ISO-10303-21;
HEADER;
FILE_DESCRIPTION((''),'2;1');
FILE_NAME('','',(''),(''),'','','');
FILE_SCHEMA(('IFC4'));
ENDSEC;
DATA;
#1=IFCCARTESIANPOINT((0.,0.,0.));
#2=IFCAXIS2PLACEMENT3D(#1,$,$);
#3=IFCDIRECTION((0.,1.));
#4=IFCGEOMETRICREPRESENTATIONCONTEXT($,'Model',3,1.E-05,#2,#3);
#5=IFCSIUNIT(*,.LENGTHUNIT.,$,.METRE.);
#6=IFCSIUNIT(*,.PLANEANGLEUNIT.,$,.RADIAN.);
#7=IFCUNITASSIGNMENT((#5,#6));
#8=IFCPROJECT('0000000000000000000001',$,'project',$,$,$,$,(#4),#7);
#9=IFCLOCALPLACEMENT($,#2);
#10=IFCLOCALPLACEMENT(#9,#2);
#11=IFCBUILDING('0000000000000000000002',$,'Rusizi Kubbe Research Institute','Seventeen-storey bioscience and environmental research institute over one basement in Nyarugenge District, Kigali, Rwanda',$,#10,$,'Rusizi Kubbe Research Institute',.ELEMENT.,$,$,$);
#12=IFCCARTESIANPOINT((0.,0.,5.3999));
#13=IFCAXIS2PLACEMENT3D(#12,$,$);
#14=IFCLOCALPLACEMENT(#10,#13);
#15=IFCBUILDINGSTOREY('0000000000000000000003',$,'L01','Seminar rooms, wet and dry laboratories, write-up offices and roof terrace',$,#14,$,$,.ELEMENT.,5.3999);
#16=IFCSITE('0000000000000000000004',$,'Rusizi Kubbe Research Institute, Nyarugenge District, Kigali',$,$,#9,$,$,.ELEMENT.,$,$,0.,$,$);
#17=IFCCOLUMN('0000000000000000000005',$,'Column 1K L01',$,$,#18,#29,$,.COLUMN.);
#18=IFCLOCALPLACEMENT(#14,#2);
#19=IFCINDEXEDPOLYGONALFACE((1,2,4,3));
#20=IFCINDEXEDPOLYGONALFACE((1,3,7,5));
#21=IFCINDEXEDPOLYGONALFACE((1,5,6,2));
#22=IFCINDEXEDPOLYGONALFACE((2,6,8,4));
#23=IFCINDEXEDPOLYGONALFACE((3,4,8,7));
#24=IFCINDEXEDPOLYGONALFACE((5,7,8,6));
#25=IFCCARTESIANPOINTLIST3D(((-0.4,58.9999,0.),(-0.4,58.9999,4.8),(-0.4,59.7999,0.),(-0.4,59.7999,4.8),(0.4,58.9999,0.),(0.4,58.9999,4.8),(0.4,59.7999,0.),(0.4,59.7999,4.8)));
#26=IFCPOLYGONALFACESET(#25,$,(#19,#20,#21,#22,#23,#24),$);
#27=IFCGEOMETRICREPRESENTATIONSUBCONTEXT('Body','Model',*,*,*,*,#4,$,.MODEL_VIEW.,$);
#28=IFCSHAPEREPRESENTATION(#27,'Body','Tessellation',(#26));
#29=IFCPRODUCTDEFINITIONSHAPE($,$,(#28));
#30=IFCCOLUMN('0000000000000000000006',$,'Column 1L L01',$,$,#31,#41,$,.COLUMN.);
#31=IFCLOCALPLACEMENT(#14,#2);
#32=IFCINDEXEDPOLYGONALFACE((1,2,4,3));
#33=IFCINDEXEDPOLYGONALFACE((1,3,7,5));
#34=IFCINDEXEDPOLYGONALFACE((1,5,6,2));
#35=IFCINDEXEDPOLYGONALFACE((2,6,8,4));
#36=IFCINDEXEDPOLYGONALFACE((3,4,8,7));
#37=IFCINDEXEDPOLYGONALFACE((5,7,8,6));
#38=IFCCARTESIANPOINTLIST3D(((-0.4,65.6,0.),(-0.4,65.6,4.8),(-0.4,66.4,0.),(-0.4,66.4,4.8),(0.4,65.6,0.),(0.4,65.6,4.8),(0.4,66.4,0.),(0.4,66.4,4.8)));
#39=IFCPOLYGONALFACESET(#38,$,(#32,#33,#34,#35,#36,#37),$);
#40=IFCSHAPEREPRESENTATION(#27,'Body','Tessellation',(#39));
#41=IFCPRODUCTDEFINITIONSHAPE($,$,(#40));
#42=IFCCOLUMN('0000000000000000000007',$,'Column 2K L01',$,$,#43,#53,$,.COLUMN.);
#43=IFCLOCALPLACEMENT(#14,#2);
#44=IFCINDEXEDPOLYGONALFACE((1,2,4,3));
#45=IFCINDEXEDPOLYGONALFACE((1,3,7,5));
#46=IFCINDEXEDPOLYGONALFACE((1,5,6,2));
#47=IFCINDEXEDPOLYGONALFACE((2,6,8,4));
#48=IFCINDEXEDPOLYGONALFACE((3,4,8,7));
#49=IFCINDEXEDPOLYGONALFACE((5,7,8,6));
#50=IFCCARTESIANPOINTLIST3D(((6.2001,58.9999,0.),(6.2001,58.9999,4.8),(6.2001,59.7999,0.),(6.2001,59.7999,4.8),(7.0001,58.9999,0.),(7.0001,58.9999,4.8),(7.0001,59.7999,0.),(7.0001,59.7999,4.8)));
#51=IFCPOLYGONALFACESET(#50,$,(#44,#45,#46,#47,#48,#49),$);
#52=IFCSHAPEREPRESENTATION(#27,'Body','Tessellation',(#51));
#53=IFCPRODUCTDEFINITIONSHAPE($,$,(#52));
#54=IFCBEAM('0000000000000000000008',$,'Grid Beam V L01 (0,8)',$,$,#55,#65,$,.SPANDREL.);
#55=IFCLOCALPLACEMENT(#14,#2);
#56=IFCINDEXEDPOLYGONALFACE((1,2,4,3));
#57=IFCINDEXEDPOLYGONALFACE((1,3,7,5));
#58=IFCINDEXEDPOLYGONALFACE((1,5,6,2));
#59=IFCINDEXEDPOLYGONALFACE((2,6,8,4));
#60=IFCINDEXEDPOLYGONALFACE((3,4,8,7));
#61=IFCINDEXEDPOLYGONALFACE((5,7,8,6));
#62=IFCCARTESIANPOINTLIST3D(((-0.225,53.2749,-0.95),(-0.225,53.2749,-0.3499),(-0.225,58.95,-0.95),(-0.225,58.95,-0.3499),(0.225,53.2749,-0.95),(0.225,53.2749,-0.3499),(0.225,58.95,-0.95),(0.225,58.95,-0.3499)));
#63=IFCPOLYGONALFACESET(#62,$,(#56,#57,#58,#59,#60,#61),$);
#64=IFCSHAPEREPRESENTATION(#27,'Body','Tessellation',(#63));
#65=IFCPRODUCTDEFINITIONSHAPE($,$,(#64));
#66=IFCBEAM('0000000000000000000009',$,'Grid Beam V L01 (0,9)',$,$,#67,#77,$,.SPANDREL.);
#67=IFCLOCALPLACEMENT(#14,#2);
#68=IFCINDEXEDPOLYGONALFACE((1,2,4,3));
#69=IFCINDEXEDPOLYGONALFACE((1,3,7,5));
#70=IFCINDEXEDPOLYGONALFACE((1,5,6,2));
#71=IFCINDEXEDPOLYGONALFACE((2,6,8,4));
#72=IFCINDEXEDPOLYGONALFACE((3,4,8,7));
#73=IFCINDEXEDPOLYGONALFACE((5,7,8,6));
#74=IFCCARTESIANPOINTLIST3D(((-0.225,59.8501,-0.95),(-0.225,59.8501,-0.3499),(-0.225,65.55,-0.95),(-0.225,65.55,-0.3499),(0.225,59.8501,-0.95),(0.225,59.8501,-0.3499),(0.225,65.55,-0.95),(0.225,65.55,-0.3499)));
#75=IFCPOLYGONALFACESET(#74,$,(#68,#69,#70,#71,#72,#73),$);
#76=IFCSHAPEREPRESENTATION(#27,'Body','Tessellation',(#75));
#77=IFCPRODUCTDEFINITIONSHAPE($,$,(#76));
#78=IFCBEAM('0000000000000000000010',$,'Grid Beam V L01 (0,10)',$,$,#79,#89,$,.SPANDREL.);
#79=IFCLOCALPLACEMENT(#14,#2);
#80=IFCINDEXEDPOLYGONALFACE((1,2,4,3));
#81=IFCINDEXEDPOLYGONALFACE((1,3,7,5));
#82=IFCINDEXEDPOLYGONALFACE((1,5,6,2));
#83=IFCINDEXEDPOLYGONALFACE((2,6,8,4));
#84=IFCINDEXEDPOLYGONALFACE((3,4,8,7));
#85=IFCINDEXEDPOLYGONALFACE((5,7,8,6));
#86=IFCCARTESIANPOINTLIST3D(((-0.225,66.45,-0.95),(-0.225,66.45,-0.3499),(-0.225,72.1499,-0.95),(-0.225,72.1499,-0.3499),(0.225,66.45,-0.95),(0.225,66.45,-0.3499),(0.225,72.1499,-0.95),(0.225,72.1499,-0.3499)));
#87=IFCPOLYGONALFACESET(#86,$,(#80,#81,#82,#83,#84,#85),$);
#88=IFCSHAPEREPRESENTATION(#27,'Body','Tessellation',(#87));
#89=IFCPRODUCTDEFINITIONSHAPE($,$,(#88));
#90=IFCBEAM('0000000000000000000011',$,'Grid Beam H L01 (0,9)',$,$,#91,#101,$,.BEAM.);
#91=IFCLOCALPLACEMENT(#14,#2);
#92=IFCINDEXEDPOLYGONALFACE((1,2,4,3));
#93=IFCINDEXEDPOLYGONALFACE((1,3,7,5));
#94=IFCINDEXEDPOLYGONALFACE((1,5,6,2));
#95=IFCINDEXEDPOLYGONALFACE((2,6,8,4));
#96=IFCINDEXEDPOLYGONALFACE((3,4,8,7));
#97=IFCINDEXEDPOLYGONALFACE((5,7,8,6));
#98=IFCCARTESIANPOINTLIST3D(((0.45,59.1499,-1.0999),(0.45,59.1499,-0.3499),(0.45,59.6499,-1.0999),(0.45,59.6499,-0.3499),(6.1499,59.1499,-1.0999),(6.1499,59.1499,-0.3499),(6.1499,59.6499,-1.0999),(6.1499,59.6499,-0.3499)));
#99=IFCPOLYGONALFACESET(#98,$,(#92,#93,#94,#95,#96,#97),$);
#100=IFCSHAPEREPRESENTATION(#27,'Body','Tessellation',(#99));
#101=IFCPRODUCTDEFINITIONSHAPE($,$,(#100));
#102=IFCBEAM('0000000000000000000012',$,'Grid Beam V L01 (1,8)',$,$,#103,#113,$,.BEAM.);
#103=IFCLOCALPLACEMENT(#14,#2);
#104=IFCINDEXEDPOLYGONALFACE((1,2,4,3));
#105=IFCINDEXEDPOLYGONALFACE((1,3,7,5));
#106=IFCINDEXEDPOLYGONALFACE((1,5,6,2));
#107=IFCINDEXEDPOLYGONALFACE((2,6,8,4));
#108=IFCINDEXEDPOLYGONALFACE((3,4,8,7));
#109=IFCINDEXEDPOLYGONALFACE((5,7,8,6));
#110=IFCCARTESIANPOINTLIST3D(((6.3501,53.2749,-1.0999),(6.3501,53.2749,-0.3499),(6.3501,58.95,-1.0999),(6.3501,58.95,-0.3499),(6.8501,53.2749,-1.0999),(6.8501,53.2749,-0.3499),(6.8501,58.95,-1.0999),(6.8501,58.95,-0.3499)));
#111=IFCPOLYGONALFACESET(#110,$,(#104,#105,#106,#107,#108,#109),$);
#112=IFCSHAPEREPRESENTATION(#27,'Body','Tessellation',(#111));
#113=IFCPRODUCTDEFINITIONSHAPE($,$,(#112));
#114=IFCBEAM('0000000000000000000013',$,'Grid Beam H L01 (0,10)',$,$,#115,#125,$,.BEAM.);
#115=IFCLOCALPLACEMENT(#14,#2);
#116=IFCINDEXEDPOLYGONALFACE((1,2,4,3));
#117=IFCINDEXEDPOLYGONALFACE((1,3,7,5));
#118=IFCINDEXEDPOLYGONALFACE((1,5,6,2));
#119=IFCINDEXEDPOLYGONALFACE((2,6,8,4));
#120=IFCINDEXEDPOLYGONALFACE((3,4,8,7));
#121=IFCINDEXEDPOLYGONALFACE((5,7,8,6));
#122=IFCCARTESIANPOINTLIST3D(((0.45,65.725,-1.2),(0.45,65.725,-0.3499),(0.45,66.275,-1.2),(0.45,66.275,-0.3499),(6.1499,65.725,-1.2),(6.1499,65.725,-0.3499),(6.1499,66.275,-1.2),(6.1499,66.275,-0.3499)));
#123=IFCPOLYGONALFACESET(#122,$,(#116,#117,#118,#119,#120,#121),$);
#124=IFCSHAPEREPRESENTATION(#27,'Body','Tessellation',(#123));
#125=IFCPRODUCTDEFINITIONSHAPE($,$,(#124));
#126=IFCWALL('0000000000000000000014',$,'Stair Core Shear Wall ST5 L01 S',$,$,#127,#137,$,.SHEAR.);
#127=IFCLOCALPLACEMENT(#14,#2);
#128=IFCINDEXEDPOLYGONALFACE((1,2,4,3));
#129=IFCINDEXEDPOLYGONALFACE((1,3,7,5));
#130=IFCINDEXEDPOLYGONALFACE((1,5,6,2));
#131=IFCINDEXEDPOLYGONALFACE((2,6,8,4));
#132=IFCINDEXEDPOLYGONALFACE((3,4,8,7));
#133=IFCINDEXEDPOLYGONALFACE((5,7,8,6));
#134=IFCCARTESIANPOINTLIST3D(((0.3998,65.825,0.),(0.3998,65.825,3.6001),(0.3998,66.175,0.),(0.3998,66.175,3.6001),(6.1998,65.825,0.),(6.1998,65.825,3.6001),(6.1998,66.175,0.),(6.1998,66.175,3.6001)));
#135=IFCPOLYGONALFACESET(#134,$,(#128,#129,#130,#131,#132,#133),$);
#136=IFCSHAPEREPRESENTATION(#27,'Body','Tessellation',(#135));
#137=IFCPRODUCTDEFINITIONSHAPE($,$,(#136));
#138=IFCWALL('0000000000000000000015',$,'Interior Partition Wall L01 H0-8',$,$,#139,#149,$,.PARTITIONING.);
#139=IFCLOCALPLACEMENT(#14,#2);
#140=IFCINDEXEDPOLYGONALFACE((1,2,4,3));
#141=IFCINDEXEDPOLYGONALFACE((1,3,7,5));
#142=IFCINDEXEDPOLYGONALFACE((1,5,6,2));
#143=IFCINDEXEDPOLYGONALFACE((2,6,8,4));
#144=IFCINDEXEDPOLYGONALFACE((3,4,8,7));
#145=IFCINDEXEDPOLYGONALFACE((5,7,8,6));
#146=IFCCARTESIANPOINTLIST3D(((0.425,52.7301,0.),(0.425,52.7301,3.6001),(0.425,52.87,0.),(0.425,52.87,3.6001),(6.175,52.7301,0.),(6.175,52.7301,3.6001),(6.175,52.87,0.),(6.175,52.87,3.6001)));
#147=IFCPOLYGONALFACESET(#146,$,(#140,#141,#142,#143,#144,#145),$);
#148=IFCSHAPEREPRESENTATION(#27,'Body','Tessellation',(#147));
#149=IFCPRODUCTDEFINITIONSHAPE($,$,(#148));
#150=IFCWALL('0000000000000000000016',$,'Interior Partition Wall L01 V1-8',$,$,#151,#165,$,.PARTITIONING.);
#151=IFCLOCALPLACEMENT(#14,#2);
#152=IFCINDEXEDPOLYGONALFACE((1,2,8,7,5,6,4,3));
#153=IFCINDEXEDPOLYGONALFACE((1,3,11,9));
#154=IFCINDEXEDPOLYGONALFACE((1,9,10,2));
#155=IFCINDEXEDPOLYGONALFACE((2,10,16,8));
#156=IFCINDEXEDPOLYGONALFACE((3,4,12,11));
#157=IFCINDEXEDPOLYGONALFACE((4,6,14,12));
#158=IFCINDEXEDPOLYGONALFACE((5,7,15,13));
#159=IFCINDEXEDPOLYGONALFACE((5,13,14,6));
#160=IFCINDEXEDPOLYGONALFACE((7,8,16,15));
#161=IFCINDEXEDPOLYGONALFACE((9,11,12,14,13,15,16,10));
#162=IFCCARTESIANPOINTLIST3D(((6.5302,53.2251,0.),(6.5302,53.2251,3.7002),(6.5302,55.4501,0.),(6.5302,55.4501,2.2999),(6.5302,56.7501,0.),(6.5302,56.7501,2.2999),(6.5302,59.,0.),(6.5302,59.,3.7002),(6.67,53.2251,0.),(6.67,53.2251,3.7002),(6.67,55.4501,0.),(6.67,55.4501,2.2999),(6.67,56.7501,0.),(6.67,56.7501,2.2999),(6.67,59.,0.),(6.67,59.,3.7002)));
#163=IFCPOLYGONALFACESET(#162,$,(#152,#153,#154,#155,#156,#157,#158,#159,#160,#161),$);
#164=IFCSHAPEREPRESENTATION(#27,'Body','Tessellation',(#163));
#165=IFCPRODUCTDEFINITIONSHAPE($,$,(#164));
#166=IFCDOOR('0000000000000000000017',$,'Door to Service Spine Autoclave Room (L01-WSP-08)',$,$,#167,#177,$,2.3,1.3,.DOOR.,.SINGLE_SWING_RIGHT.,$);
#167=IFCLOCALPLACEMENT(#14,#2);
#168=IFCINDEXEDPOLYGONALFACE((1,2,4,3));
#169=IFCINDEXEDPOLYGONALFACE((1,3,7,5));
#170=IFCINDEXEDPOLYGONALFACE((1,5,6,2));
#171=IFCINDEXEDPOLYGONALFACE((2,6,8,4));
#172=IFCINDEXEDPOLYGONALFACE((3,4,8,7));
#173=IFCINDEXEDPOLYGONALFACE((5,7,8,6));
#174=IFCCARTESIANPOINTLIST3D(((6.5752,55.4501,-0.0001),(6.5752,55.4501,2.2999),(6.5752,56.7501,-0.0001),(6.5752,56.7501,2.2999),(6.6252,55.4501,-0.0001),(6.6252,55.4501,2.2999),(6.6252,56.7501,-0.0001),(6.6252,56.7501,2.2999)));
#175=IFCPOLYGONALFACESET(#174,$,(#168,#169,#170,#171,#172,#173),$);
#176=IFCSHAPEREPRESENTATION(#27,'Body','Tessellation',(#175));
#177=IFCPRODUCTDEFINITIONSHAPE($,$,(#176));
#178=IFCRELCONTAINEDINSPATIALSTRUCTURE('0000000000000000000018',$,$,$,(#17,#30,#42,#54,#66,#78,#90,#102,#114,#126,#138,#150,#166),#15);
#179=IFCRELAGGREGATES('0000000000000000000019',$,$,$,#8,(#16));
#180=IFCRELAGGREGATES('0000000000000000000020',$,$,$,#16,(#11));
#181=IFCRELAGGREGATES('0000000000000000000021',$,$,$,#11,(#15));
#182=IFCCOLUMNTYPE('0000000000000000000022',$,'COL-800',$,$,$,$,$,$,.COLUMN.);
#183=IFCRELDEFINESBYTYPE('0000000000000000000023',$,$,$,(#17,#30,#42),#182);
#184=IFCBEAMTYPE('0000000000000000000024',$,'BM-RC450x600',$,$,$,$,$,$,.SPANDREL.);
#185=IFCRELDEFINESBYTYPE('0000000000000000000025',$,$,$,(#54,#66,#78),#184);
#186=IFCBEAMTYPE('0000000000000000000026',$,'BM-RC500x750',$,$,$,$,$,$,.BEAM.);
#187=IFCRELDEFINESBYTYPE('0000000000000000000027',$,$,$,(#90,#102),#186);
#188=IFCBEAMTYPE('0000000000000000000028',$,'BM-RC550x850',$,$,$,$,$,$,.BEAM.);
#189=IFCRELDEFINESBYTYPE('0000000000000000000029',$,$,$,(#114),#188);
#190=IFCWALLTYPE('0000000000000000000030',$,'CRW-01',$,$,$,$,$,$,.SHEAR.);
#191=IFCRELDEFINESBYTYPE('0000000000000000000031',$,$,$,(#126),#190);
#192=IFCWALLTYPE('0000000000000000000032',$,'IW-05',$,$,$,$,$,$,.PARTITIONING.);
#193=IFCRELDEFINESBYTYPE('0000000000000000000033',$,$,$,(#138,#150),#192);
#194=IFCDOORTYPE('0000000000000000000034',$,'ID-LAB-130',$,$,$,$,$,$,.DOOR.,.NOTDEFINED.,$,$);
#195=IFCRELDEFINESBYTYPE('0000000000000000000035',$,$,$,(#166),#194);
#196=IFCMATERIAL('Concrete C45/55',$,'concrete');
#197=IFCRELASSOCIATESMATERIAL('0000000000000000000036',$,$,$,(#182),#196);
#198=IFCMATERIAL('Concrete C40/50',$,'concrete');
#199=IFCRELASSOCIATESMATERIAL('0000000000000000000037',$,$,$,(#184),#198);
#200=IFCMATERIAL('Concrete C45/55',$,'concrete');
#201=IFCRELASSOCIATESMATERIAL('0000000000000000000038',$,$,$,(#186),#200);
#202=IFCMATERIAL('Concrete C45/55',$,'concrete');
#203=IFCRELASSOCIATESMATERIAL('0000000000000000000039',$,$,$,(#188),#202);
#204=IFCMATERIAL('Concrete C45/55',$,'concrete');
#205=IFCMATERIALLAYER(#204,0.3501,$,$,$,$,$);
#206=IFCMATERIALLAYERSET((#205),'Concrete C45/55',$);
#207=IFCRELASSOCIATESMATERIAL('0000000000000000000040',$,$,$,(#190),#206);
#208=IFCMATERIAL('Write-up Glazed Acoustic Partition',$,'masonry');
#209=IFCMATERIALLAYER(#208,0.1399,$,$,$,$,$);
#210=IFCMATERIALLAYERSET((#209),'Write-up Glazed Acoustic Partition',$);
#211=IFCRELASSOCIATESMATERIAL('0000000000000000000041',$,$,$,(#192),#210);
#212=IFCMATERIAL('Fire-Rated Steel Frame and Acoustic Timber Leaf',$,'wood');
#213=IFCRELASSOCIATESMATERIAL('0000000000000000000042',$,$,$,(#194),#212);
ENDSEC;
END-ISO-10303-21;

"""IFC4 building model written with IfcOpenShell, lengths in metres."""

from ifc_helpers import new_model, si_unit, direction, frame, frame_2d, origin, origin_2d, place, context, subcontext, project, spatial, rectangle, extrude, material, layer, layer_set, material_profile, profile_set, type_object, element, fill, save


model = new_model("IFC4")

# Units and contexts
model_context = context("Model", 3, precision=1e-05, world=origin(), true_north=direction((0.0, 1.0)))
body_context = subcontext(model_context, "Body", "Model", "MODEL_VIEW")
ifc_project = project(units=[si_unit("LENGTHUNIT", "METRE"), si_unit("PLANEANGLEUNIT", "RADIAN")], contexts=[model_context])

# Site, building, storey
site_placement = place(None, origin())
site = spatial("IfcSite", under=ifc_project, at=site_placement, Name="Rusizi Kubbe Research Institute, Nyarugenge District, Kigali", CompositionType="ELEMENT", RefElevation=0.0)
building_placement = place(site_placement, origin())
building = spatial("IfcBuilding", under=site, at=building_placement, Name="Rusizi Kubbe Research Institute", Description="Seventeen-storey bioscience and environmental research institute over one basement in Nyarugenge District, Kigali, Rwanda", LongName="Rusizi Kubbe Research Institute", CompositionType="ELEMENT")
storey_placement = place(building_placement, frame((0.0, 0.0, 5.3999)))
storey = spatial("IfcBuildingStorey", under=building, at=storey_placement, Name="L01", Description="Seminar rooms, wet and dry laboratories, write-up offices and roof terrace", CompositionType="ELEMENT", Elevation=5.3999)

# Columns
ifc_material_1 = material(Name="Concrete C45/55", Category="concrete")
ifc_material_profile_1 = material_profile(ifc_material_1, rectangle(XDim=0.8, YDim=0.8, at=origin_2d()), Name="RC800x800")
ifc_profile_set_1 = profile_set([ifc_material_profile_1], Name="Concrete C45/55")
column_type = type_object("IfcColumnType", Name="COL-800", PredefinedType="COLUMN", material=ifc_profile_set_1)
for number, where, z_axis, x_axis, name in (
    (1, (0.0, 59.3999, 0.0), (0.0, 0.0, 1.0), (1.0, 0.0, 0.0), "Column 1K L01"),
    (2, (0.0, 66.0, 0.0), (0.0, 0.0, 1.0), (1.0, 0.0, 0.0), "Column 1L L01"),
    (3, (6.6001, 59.3999, 0.0), (0.0, 0.0, 1.0), (1.0, 0.0, 0.0), "Column 2K L01"),
):
    element("IfcColumn", number, at=place(storey_placement, frame(where, z_axis=z_axis, x_axis=x_axis)), inside=storey, type_object=column_type, Name=name, PredefinedType="COLUMN", context=body_context, shape_type="SweptSolid", body=[
        extrude(rectangle(XDim=0.8, YDim=0.8, at=origin_2d()), origin(), (0.0, 0.0, 1.0), 4.8),
    ])

# Beams
ifc_material_2 = material(Name="Concrete C40/50", Category="concrete")
ifc_material_profile_2 = material_profile(ifc_material_2, rectangle(XDim=0.45, YDim=0.6001, at=origin_2d()), Name="RC450x600")
ifc_profile_set_2 = profile_set([ifc_material_profile_2], Name="Concrete C40/50")
beam_type_1 = type_object("IfcBeamType", Name="BM-RC450x600", PredefinedType="SPANDREL", material=ifc_profile_set_2)
beam_1_placement = place(storey_placement, frame((0.0, 53.2749, -0.6499), z_axis=(0.0, 1.0, 0.0), x_axis=(-1.0, 0.0, 0.0)))
element("IfcBeam", 4, at=beam_1_placement, inside=storey, type_object=beam_type_1, Name="Grid Beam V L01 (0,8)", PredefinedType="SPANDREL", context=body_context, shape_type="SweptSolid", body=[
    extrude(rectangle(XDim=0.45, YDim=0.6001, at=origin_2d()), origin(), (0.0, 0.0, 1.0), 5.675),
])
for number, where, z_axis, x_axis, name in (
    (5, (0.0, 59.8501, -0.6499), (0.0, 1.0, 0.0), (-1.0, 0.0, 0.0), "Grid Beam V L01 (0,9)"),
    (6, (0.0, 66.45, -0.6499), (0.0, 1.0, 0.0), (-1.0, 0.0, 0.0), "Grid Beam V L01 (0,10)"),
):
    element("IfcBeam", number, at=place(storey_placement, frame(where, z_axis=z_axis, x_axis=x_axis)), inside=storey, type_object=beam_type_1, Name=name, PredefinedType="SPANDREL", context=body_context, shape_type="SweptSolid", body=[
        extrude(rectangle(XDim=0.45, YDim=0.6001, at=origin_2d()), origin(), (0.0, 0.0, 1.0), 5.7),
    ])
ifc_material_3 = material(Name="Concrete C45/55", Category="concrete")
ifc_material_profile_3 = material_profile(ifc_material_3, rectangle(XDim=0.5, YDim=0.75, at=origin_2d()), Name="RC500x750B")
ifc_profile_set_3 = profile_set([ifc_material_profile_3], Name="Concrete C45/55")
beam_type_2 = type_object("IfcBeamType", Name="BM-RC500x750", PredefinedType="BEAM", material=ifc_profile_set_3)
beam_2_placement = place(storey_placement, frame((0.45, 59.3999, -0.7249), z_axis=(1.0, 0.0, 0.0), x_axis=(0.0, 1.0, 0.0)))
element("IfcBeam", 7, at=beam_2_placement, inside=storey, type_object=beam_type_2, Name="Grid Beam H L01 (0,9)", PredefinedType="BEAM", context=body_context, shape_type="SweptSolid", body=[
    extrude(rectangle(XDim=0.5, YDim=0.75, at=origin_2d()), origin(), (0.0, 0.0, 1.0), 5.7),
])
beam_3_placement = place(storey_placement, frame((6.6001, 53.2749, -0.7249), z_axis=(0.0, 1.0, 0.0), x_axis=(-1.0, 0.0, 0.0)))
element("IfcBeam", 8, at=beam_3_placement, inside=storey, type_object=beam_type_2, Name="Grid Beam V L01 (1,8)", PredefinedType="BEAM", context=body_context, shape_type="SweptSolid", body=[
    extrude(rectangle(XDim=0.5, YDim=0.75, at=origin_2d()), origin(), (0.0, 0.0, 1.0), 5.675),
])
ifc_material_4 = material(Name="Concrete C45/55", Category="concrete")
ifc_material_profile_4 = material_profile(ifc_material_4, rectangle(XDim=0.55, YDim=0.8501, at=origin_2d()), Name="RC550x850")
ifc_profile_set_4 = profile_set([ifc_material_profile_4], Name="Concrete C45/55")
beam_type_3 = type_object("IfcBeamType", Name="BM-RC550x850", PredefinedType="BEAM", material=ifc_profile_set_4)
beam_4_placement = place(storey_placement, frame((0.45, 66.0, -0.7749), z_axis=(1.0, 0.0, 0.0), x_axis=(0.0, 1.0, 0.0)))
element("IfcBeam", 9, at=beam_4_placement, inside=storey, type_object=beam_type_3, Name="Grid Beam H L01 (0,10)", PredefinedType="BEAM", context=body_context, shape_type="SweptSolid", body=[
    extrude(rectangle(XDim=0.55, YDim=0.8501, at=origin_2d()), origin(), (0.0, 0.0, 1.0), 5.7),
])

# Walls
ifc_material_5 = material(Name="Concrete C45/55", Category="concrete")
ifc_layer_1 = layer(ifc_material_5, 0.3501)
ifc_layer_set_1 = layer_set([ifc_layer_1], Name="Concrete C45/55")
wall_type_1 = type_object("IfcWallType", Name="CRW-01", PredefinedType="SHEAR", material=ifc_layer_set_1)
wall_1_placement = place(storey_placement, frame((0.3999, 66.0, 0.0), z_axis=(0.0, 0.0, 1.0), x_axis=(1.0, 0.0, 0.0)))
element("IfcWall", 10, at=wall_1_placement, inside=storey, type_object=wall_type_1, Name="Stair Core Shear Wall ST5 L01 S", PredefinedType="SHEAR", context=body_context, shape_type="SweptSolid", body=[
    extrude(rectangle(XDim=5.8, YDim=0.3501, at=frame_2d((2.8999, 0.0))), origin(), (0.0, 0.0, 1.0), 3.6001),
])
ifc_material_6 = material(Name="Write-up Glazed Acoustic Partition", Category="masonry")
ifc_layer_2 = layer(ifc_material_6, 0.1399)
ifc_layer_set_2 = layer_set([ifc_layer_2], Name="Write-up Glazed Acoustic Partition")
wall_type_2 = type_object("IfcWallType", Name="IW-05", PredefinedType="PARTITIONING", material=ifc_layer_set_2)
wall_2_placement = place(storey_placement, frame((0.425, 52.8, 0.0), z_axis=(0.0, 0.0, 1.0), x_axis=(1.0, 0.0, 0.0)))
element("IfcWall", 11, at=wall_2_placement, inside=storey, type_object=wall_type_2, Name="Interior Partition Wall L01 H0-8", PredefinedType="PARTITIONING", context=body_context, shape_type="SweptSolid", body=[
    extrude(rectangle(XDim=5.75, YDim=0.1399, at=frame_2d((2.875, 0.0))), origin(), (0.0, 0.0, 1.0), 3.6001),
])

# Wall, opening, door
wall_3_placement = place(storey_placement, frame((6.6001, 53.2251, 0.0), z_axis=(0.0, 0.0, 1.0), x_axis=(0.0, 1.0, 0.0)))
wall_3 = element("IfcWall", 12, at=wall_3_placement, inside=storey, type_object=wall_type_2, Name="Interior Partition Wall L01 V1-8", PredefinedType="PARTITIONING", context=body_context, shape_type="SweptSolid", body=[
    extrude(rectangle(XDim=5.7749, YDim=0.1399, at=frame_2d((2.8875, 0.0))), origin(), (0.0, 0.0, 1.0), 3.7002),
])
opening_1_placement = place(wall_3_placement, frame((2.2251, 0.0, 0.0)))
opening_1 = element("IfcOpeningElement", 13, at=opening_1_placement, cuts=wall_3, PredefinedType="OPENING", context=body_context, shape_type="SweptSolid", body=[
    extrude(rectangle(XDim=1.3, YDim=2.3, at=frame_2d((0.6499, 1.1499))), frame((0.0, 0.0798, 0.0), z_axis=(0.0, -1.0, 0.0), x_axis=(1.0, 0.0, 0.0)), (0.0, 0.0, 1.0), 0.1599),
])
ifc_material_7 = material(Name="Fire-Rated Steel Frame and Acoustic Timber Leaf", Category="wood")
door_type_1 = type_object("IfcDoorType", Name="ID-LAB-130", OperationType="NOTDEFINED", PredefinedType="DOOR", material=ifc_material_7)
door_1_placement = place(opening_1_placement, origin())
door_1 = element("IfcDoor", 14, at=door_1_placement, inside=storey, type_object=door_type_1, Name="Door to Service Spine Autoclave Room (L01-WSP-08)", OperationType="SINGLE_SWING_RIGHT", OverallHeight=2.3, OverallWidth=1.3, PredefinedType="DOOR", context=body_context, shape_type="SweptSolid", body=[
    extrude(rectangle(XDim=1.3, YDim=2.3, at=frame_2d((0.6499, 1.1499))), frame((0.0, 0.0249, 0.0), z_axis=(0.0, -1.0, 0.0), x_axis=(1.0, 0.0, 0.0)), (0.0, 0.0, 1.0), 0.05),
])
fill(opening_1, door_1)

save(model, "model.ifc")
